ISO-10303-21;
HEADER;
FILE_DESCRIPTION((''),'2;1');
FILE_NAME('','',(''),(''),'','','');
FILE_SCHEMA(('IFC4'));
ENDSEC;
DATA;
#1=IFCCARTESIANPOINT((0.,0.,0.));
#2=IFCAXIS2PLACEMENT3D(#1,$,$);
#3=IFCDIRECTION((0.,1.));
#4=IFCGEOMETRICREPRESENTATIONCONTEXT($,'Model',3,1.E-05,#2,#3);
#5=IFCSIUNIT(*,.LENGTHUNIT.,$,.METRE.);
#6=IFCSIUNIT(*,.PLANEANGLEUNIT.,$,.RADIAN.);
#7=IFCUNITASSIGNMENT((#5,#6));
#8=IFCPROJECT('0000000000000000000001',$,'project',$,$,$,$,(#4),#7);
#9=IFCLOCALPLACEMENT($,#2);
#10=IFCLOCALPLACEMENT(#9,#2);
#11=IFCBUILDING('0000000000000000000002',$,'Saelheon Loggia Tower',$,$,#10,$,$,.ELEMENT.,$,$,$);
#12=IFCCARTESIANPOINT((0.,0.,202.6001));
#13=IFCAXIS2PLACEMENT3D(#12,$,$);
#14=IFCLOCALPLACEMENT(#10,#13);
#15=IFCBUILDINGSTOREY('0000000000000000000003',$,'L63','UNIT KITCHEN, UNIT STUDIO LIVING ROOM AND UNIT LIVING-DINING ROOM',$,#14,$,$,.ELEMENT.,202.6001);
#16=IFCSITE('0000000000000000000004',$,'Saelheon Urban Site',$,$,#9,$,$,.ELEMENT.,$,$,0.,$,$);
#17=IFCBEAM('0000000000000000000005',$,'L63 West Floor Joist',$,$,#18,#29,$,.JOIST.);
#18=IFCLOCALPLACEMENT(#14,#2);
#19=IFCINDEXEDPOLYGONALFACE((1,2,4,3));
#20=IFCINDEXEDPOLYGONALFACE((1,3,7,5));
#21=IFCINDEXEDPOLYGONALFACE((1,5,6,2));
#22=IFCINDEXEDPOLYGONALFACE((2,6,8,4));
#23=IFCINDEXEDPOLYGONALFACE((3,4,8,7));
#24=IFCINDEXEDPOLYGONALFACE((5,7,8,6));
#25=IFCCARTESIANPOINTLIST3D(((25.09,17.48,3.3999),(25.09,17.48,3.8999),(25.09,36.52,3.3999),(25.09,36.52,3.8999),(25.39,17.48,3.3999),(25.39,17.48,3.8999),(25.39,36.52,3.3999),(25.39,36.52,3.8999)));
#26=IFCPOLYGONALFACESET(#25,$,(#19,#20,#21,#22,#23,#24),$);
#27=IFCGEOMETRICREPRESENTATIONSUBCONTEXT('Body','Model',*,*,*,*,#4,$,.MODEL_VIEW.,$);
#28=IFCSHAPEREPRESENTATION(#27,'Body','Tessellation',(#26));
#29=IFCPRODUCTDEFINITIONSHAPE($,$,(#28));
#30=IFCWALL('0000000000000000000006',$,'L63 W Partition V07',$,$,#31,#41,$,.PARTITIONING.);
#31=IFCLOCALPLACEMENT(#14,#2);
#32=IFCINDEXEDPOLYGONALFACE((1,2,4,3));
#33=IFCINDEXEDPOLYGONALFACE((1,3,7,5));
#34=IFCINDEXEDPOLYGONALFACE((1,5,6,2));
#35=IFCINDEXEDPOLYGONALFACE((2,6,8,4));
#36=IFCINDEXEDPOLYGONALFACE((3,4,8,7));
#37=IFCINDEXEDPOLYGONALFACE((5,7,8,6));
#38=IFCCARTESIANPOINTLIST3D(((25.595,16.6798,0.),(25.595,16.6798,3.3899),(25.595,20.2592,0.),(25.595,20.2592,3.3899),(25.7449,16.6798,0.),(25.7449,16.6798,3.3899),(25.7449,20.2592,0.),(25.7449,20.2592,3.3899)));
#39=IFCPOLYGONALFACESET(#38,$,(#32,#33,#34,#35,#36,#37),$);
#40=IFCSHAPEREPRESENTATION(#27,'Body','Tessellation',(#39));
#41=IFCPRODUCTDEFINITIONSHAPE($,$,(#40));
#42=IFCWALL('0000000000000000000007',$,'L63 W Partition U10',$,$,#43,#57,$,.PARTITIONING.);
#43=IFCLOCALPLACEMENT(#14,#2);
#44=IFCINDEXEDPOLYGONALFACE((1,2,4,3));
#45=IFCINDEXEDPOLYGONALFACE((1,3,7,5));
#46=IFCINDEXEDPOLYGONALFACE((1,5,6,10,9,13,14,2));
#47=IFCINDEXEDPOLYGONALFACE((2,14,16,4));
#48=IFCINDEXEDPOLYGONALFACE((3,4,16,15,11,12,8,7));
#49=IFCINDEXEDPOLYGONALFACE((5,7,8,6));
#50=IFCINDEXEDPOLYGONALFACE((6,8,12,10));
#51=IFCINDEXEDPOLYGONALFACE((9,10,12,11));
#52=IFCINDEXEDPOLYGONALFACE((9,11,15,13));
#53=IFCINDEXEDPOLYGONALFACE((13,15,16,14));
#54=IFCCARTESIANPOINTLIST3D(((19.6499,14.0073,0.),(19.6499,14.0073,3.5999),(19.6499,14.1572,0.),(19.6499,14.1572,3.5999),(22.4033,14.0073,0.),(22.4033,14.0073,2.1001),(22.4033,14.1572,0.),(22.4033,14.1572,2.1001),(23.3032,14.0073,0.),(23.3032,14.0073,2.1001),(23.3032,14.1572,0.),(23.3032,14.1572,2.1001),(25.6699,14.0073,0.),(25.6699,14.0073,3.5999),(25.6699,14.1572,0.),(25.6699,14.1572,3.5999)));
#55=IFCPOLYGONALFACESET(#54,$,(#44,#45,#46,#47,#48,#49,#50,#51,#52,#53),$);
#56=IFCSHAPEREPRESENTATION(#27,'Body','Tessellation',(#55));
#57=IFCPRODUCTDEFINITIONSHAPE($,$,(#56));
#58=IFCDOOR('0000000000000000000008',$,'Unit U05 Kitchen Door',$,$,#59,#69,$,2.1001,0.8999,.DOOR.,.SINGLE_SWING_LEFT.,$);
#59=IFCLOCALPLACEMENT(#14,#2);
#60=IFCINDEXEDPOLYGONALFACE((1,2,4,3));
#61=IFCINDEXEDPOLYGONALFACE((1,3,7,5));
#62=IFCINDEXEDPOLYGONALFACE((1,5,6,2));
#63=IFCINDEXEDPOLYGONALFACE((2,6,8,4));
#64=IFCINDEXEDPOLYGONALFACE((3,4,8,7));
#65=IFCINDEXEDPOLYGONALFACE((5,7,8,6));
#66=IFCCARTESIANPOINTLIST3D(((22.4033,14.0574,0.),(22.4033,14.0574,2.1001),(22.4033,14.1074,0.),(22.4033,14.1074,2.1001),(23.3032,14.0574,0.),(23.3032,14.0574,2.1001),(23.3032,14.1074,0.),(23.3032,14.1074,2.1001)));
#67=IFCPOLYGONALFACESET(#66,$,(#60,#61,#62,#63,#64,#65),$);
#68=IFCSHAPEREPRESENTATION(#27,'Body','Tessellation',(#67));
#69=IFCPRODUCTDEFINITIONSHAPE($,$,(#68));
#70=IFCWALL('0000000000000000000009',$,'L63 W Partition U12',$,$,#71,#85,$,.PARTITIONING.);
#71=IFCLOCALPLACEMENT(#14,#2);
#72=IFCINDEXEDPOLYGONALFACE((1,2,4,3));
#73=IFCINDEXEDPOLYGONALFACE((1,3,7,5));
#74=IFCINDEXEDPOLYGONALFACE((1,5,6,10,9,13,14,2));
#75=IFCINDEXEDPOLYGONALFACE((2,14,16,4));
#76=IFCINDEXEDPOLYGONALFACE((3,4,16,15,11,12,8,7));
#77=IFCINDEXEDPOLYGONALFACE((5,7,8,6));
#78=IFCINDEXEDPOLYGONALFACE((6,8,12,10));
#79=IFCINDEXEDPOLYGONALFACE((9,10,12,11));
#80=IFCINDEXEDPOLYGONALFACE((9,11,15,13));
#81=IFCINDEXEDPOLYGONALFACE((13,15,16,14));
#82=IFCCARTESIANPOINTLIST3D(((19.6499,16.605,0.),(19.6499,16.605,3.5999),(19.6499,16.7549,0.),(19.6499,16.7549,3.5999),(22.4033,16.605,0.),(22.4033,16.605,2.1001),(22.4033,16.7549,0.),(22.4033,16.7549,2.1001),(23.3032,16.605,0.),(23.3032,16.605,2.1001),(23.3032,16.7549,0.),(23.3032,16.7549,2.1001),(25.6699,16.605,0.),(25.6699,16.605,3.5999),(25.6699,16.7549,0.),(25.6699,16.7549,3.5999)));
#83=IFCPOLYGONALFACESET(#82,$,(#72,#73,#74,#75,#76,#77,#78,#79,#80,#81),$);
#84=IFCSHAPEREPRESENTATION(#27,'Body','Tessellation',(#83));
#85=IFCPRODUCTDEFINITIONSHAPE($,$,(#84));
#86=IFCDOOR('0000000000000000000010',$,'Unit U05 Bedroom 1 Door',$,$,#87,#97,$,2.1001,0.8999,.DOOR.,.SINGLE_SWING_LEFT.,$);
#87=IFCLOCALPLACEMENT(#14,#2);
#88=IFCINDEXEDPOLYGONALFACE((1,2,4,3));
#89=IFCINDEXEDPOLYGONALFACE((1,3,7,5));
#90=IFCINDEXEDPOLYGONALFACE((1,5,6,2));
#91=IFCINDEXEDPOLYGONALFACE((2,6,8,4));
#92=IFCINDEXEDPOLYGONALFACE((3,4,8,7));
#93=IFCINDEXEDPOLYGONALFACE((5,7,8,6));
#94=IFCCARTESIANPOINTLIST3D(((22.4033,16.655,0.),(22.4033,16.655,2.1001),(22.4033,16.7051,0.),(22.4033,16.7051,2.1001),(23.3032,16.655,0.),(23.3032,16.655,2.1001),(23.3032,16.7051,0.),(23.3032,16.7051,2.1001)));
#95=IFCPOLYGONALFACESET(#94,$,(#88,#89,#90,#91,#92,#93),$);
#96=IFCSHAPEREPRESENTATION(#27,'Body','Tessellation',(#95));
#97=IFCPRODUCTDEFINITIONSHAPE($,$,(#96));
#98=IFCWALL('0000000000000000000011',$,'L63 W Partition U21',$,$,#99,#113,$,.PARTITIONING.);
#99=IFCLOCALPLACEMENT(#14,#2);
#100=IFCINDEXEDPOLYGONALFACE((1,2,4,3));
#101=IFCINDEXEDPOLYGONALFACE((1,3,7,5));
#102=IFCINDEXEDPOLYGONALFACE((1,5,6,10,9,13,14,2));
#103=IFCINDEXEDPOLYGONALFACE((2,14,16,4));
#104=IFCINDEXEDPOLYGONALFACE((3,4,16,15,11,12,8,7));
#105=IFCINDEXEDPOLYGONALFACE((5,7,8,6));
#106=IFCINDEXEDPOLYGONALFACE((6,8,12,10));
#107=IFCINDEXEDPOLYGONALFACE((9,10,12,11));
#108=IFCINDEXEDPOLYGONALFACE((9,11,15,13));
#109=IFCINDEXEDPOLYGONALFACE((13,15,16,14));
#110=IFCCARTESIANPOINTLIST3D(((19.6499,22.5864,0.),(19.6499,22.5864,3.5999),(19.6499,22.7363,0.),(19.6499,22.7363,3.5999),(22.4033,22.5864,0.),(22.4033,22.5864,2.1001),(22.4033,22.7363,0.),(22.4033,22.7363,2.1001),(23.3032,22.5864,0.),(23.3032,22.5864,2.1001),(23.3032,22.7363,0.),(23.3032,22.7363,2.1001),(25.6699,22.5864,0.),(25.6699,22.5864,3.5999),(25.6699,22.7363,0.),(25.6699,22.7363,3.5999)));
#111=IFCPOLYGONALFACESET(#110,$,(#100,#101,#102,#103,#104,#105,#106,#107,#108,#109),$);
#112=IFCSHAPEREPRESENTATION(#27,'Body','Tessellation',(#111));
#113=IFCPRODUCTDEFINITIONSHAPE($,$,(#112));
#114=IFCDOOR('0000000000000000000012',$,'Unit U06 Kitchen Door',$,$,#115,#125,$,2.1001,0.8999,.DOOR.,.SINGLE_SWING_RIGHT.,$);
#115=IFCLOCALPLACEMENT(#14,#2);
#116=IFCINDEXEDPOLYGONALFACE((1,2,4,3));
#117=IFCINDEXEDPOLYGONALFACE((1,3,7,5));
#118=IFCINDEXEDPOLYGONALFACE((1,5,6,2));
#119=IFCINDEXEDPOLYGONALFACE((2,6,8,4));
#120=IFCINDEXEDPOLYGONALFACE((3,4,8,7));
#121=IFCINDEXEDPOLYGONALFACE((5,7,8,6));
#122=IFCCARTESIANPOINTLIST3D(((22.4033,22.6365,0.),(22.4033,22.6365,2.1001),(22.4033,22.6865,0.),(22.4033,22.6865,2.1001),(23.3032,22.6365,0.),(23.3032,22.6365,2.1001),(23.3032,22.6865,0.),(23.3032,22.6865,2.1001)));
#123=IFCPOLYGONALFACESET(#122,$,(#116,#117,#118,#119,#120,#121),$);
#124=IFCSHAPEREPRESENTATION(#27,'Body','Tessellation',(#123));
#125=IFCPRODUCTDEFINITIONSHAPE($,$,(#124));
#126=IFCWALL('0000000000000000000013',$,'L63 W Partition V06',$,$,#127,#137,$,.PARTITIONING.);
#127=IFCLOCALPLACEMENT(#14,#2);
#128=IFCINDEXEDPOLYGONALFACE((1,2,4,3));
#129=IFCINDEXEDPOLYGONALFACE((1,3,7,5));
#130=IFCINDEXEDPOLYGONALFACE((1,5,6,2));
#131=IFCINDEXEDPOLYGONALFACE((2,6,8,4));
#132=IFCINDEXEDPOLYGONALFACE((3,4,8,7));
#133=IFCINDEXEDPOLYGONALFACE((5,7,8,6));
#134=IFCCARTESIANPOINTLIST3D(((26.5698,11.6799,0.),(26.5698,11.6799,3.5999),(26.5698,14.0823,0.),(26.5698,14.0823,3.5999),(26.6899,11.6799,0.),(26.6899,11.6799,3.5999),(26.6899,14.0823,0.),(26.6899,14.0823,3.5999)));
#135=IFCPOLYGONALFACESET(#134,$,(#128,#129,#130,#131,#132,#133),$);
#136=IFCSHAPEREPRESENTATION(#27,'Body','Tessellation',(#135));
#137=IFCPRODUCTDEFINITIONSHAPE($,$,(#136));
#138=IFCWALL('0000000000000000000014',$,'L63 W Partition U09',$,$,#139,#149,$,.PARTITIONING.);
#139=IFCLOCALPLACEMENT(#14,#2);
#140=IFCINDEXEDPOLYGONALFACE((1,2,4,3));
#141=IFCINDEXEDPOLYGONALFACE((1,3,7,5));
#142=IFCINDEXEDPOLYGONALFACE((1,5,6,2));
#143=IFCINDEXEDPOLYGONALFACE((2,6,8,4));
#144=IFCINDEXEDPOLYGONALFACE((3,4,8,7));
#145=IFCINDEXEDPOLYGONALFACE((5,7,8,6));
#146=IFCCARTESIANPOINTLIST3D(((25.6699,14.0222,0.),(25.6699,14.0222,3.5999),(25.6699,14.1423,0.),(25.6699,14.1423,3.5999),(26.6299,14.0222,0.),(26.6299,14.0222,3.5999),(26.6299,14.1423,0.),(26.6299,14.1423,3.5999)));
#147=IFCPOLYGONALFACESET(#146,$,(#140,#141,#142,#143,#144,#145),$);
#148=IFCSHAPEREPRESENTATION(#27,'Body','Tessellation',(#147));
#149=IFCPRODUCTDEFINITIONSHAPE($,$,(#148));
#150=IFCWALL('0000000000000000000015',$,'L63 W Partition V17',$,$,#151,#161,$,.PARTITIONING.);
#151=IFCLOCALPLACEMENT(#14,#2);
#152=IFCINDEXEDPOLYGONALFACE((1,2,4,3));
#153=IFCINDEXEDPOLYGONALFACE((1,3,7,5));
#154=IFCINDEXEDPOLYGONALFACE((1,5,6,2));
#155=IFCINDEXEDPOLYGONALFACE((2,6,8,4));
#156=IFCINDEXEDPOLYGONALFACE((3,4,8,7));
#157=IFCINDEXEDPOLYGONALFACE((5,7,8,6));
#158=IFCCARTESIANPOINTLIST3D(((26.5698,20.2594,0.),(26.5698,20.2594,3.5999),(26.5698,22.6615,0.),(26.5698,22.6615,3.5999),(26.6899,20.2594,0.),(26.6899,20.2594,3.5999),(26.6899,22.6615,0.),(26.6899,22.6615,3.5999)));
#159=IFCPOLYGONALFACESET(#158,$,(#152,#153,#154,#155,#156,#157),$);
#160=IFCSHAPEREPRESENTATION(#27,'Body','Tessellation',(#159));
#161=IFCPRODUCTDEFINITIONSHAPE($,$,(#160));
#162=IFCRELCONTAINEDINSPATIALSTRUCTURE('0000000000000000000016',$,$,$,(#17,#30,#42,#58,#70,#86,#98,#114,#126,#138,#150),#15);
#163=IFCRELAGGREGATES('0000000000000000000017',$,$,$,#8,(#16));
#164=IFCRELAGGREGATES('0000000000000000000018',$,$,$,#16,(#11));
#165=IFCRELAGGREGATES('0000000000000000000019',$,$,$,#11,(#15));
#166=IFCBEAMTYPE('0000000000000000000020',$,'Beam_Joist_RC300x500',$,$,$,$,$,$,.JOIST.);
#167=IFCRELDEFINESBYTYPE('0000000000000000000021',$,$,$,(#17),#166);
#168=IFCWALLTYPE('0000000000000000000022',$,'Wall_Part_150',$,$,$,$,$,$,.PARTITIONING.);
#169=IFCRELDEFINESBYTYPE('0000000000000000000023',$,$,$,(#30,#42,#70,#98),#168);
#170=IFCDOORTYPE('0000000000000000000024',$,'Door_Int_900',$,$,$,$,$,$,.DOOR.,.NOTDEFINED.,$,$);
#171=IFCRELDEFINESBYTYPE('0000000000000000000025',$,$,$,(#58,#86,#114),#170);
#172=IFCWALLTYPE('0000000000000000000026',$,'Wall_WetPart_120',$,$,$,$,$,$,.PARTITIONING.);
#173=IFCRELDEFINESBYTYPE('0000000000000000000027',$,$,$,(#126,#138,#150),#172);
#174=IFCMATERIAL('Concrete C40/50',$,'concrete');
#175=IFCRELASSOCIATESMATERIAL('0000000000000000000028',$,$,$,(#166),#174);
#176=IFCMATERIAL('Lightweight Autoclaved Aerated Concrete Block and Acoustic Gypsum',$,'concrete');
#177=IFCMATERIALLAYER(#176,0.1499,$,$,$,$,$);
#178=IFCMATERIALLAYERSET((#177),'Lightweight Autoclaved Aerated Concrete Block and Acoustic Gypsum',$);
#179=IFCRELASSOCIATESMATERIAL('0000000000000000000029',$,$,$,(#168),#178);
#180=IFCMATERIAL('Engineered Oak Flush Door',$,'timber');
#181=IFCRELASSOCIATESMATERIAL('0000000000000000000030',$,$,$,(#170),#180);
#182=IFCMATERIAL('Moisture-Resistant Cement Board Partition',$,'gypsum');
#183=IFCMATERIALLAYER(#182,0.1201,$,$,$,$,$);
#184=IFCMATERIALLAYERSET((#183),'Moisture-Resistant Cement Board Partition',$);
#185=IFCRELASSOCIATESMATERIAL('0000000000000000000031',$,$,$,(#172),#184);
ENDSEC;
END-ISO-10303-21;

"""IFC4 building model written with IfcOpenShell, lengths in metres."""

from ifc_helpers import new_model, si_unit, direction, frame, frame_2d, origin, origin_2d, place, context, subcontext, project, spatial, rectangle, extrude, source, transform, mapped, material, layer, layer_set, material_profile, profile_set, type_object, element, fill, save


model = new_model("IFC4")

# Units and contexts
model_context = context("Model", 3, precision=1e-05, world=origin(), true_north=direction((0.0, 1.0)))
body_context = subcontext(model_context, "Body", "Model", "MODEL_VIEW")
ifc_project = project(units=[si_unit("LENGTHUNIT", "METRE"), si_unit("PLANEANGLEUNIT", "RADIAN")], contexts=[model_context])

# Site, building, storey
site_placement = place(None, origin())
site = spatial("IfcSite", under=ifc_project, at=site_placement, Name="Saelheon Urban Site", CompositionType="ELEMENT", RefElevation=0.0)
building_placement = place(site_placement, origin())
building = spatial("IfcBuilding", under=site, at=building_placement, Name="Saelheon Loggia Tower", CompositionType="ELEMENT")
storey_placement = place(building_placement, frame((0.0, 0.0, 202.6001)))
storey = spatial("IfcBuildingStorey", under=building, at=storey_placement, Name="L63", Description="UNIT KITCHEN, UNIT STUDIO LIVING ROOM AND UNIT LIVING-DINING ROOM", CompositionType="ELEMENT", Elevation=202.6001)

# Beam
ifc_material_1 = material(Name="Concrete C40/50", Category="concrete")
ifc_material_profile = material_profile(ifc_material_1, rectangle(XDim=0.3, YDim=0.5, at=origin_2d()), Name="RC-300x500")
ifc_profile_set = profile_set([ifc_material_profile], Name="Concrete C40/50")
beam_type = type_object("IfcBeamType", Name="Beam_Joist_RC300x500", PredefinedType="JOIST", material=ifc_profile_set)
shared_shape_1 = source(origin(), body_context, "Body", "SweptSolid", [
    extrude(rectangle(XDim=0.3, YDim=0.5, at=origin_2d()), origin(), (0.0, 0.0, 1.0), 19.04),
])
beam_placement = place(storey_placement, frame((25.24, 17.48, 3.6499), z_axis=(0.0, 1.0, 0.0), x_axis=(-1.0, 0.0, 0.0)))
element("IfcBeam", 1, at=beam_placement, inside=storey, type_object=beam_type, Name="L63 West Floor Joist", PredefinedType="JOIST", context=body_context, shape_type="MappedRepresentation", body=[
    mapped(shared_shape_1, transform((0.0, 0.0, 0.0), scale=1.0)),
])

# Wall
ifc_material_2 = material(Name="Lightweight Autoclaved Aerated Concrete Block and Acoustic Gypsum", Category="concrete")
ifc_layer_1 = layer(ifc_material_2, 0.1499)
ifc_layer_set_1 = layer_set([ifc_layer_1], Name="Lightweight Autoclaved Aerated Concrete Block and Acoustic Gypsum")
wall_type_1 = type_object("IfcWallType", Name="Wall_Part_150", PredefinedType="PARTITIONING", material=ifc_layer_set_1)
wall_1_placement = place(storey_placement, frame((25.6699, 16.6799, 0.0), z_axis=(0.0, 0.0, 1.0), x_axis=(0.0, 1.0, 0.0)))
element("IfcWall", 2, at=wall_1_placement, inside=storey, type_object=wall_type_1, Name="L63 W Partition V07", PredefinedType="PARTITIONING", context=body_context, shape_type="SweptSolid", body=[
    extrude(rectangle(XDim=3.5793, YDim=0.1499, at=frame_2d((1.7896, 0.0))), origin(), (0.0, 0.0, 1.0), 3.3899),
])

# Walls, openings, doors
wall_2_placement = place(storey_placement, frame((25.6699, 14.0823, 0.0), z_axis=(0.0, 0.0, 1.0), x_axis=(-1.0, 0.0, 0.0)))
wall_2 = element("IfcWall", 3, at=wall_2_placement, inside=storey, type_object=wall_type_1, Name="L63 W Partition U10", PredefinedType="PARTITIONING", context=body_context, shape_type="SweptSolid", body=[
    extrude(rectangle(XDim=6.02, YDim=0.1499, at=frame_2d((3.01, 0.0))), origin(), (0.0, 0.0, 1.0), 3.5999),
])
opening_1_placement = place(wall_2_placement, frame((2.3667, 0.0, 0.0)))
opening_1 = element("IfcOpeningElement", 4, at=opening_1_placement, cuts=wall_2, PredefinedType="OPENING", context=body_context, shape_type="SweptSolid", body=[
    extrude(rectangle(XDim=0.8999, YDim=2.1001, at=frame_2d((0.45, 1.05))), frame((0.0, 0.0869, 0.0), z_axis=(0.0, -1.0, 0.0), x_axis=(1.0, 0.0, 0.0)), (0.0, 0.0, 1.0), 0.1738),
])
ifc_material_3 = material(Name="Engineered Oak Flush Door", Category="timber")
door_type = type_object("IfcDoorType", Name="Door_Int_900", OperationType="NOTDEFINED", PredefinedType="DOOR", material=ifc_material_3)
shared_shape_2 = source(origin(), body_context, "Body", "SweptSolid", [
    extrude(rectangle(XDim=0.8999, YDim=2.1001, at=frame_2d((0.45, 1.05))), frame((0.0, 0.0249, 0.0), z_axis=(0.0, -1.0, 0.0), x_axis=(1.0, 0.0, 0.0)), (0.0, 0.0, 1.0), 0.05),
])
door_1_placement = place(opening_1_placement, origin())
door_1 = element("IfcDoor", 5, at=door_1_placement, inside=storey, type_object=door_type, Name="Unit U05 Kitchen Door", OperationType="SINGLE_SWING_LEFT", OverallHeight=2.1001, OverallWidth=0.8999, PredefinedType="DOOR", context=body_context, shape_type="MappedRepresentation", body=[
    mapped(shared_shape_2, transform((0.0, 0.0, 0.0), scale=1.0)),
])
fill(opening_1, door_1)
wall_3_placement = place(storey_placement, frame((25.6699, 16.6799, 0.0), z_axis=(0.0, 0.0, 1.0), x_axis=(-1.0, 0.0, 0.0)))
wall_3 = element("IfcWall", 6, at=wall_3_placement, inside=storey, type_object=wall_type_1, Name="L63 W Partition U12", PredefinedType="PARTITIONING", context=body_context, shape_type="SweptSolid", body=[
    extrude(rectangle(XDim=6.02, YDim=0.1499, at=frame_2d((3.01, 0.0))), origin(), (0.0, 0.0, 1.0), 3.5999),
])
opening_2_placement = place(wall_3_placement, frame((2.3667, 0.0, 0.0)))
opening_2 = element("IfcOpeningElement", 7, at=opening_2_placement, cuts=wall_3, PredefinedType="OPENING", context=body_context, shape_type="SweptSolid", body=[
    extrude(rectangle(XDim=0.8999, YDim=2.1001, at=frame_2d((0.45, 1.05))), frame((0.0, 0.0869, 0.0), z_axis=(0.0, -1.0, 0.0), x_axis=(1.0, 0.0, 0.0)), (0.0, 0.0, 1.0), 0.1738),
])
door_2_placement = place(opening_2_placement, origin())
door_2 = element("IfcDoor", 8, at=door_2_placement, inside=storey, type_object=door_type, Name="Unit U05 Bedroom 1 Door", OperationType="SINGLE_SWING_LEFT", OverallHeight=2.1001, OverallWidth=0.8999, PredefinedType="DOOR", context=body_context, shape_type="MappedRepresentation", body=[
    mapped(shared_shape_2, transform((0.0, 0.0, 0.0), scale=1.0)),
])
fill(opening_2, door_2)
wall_4_placement = place(storey_placement, frame((25.6699, 22.6614, 0.0), z_axis=(0.0, 0.0, 1.0), x_axis=(-1.0, 0.0, 0.0)))
wall_4 = element("IfcWall", 9, at=wall_4_placement, inside=storey, type_object=wall_type_1, Name="L63 W Partition U21", PredefinedType="PARTITIONING", context=body_context, shape_type="SweptSolid", body=[
    extrude(rectangle(XDim=6.02, YDim=0.1499, at=frame_2d((3.01, 0.0))), origin(), (0.0, 0.0, 1.0), 3.5999),
])
opening_3_placement = place(wall_4_placement, frame((2.3667, 0.0, 0.0)))
opening_3 = element("IfcOpeningElement", 10, at=opening_3_placement, cuts=wall_4, PredefinedType="OPENING", context=body_context, shape_type="SweptSolid", body=[
    extrude(rectangle(XDim=0.8999, YDim=2.1001, at=frame_2d((0.45, 1.05))), frame((0.0, 0.0869, 0.0), z_axis=(0.0, -1.0, 0.0), x_axis=(1.0, 0.0, 0.0)), (0.0, 0.0, 1.0), 0.1738),
])
door_3_placement = place(opening_3_placement, origin())
door_3 = element("IfcDoor", 11, at=door_3_placement, inside=storey, type_object=door_type, Name="Unit U06 Kitchen Door", OperationType="SINGLE_SWING_RIGHT", OverallHeight=2.1001, OverallWidth=0.8999, PredefinedType="DOOR", context=body_context, shape_type="MappedRepresentation", body=[
    mapped(shared_shape_2, transform((0.0, 0.0, 0.0), scale=1.0)),
])
fill(opening_3, door_3)

# Walls
ifc_material_4 = material(Name="Moisture-Resistant Cement Board Partition", Category="gypsum")
ifc_layer_2 = layer(ifc_material_4, 0.1201)
ifc_layer_set_2 = layer_set([ifc_layer_2], Name="Moisture-Resistant Cement Board Partition")
wall_type_2 = type_object("IfcWallType", Name="Wall_WetPart_120", PredefinedType="PARTITIONING", material=ifc_layer_set_2)
wall_5_placement = place(storey_placement, frame((26.6299, 11.6799, 0.0), z_axis=(0.0, 0.0, 1.0), x_axis=(0.0, 1.0, 0.0)))
element("IfcWall", 12, at=wall_5_placement, inside=storey, type_object=wall_type_2, Name="L63 W Partition V06", PredefinedType="PARTITIONING", context=body_context, shape_type="SweptSolid", body=[
    extrude(rectangle(XDim=2.4023, YDim=0.1201, at=frame_2d((1.2012, 0.0))), origin(), (0.0, 0.0, 1.0), 3.5999),
])
wall_6_placement = place(storey_placement, frame((26.6299, 14.0823, 0.0), z_axis=(0.0, 0.0, 1.0), x_axis=(-1.0, 0.0, 0.0)))
element("IfcWall", 13, at=wall_6_placement, inside=storey, type_object=wall_type_2, Name="L63 W Partition U09", PredefinedType="PARTITIONING", context=body_context, shape_type="SweptSolid", body=[
    extrude(rectangle(XDim=0.96, YDim=0.1201, at=frame_2d((0.48, 0.0))), origin(), (0.0, 0.0, 1.0), 3.5999),
])
wall_7_placement = place(storey_placement, frame((26.6299, 20.2593, 0.0), z_axis=(0.0, 0.0, 1.0), x_axis=(0.0, 1.0, 0.0)))
element("IfcWall", 14, at=wall_7_placement, inside=storey, type_object=wall_type_2, Name="L63 W Partition V17", PredefinedType="PARTITIONING", context=body_context, shape_type="SweptSolid", body=[
    extrude(rectangle(XDim=2.4021, YDim=0.1201, at=frame_2d((1.2012, 0.0))), origin(), (0.0, 0.0, 1.0), 3.5999),
])

save(model, "model.ifc")
